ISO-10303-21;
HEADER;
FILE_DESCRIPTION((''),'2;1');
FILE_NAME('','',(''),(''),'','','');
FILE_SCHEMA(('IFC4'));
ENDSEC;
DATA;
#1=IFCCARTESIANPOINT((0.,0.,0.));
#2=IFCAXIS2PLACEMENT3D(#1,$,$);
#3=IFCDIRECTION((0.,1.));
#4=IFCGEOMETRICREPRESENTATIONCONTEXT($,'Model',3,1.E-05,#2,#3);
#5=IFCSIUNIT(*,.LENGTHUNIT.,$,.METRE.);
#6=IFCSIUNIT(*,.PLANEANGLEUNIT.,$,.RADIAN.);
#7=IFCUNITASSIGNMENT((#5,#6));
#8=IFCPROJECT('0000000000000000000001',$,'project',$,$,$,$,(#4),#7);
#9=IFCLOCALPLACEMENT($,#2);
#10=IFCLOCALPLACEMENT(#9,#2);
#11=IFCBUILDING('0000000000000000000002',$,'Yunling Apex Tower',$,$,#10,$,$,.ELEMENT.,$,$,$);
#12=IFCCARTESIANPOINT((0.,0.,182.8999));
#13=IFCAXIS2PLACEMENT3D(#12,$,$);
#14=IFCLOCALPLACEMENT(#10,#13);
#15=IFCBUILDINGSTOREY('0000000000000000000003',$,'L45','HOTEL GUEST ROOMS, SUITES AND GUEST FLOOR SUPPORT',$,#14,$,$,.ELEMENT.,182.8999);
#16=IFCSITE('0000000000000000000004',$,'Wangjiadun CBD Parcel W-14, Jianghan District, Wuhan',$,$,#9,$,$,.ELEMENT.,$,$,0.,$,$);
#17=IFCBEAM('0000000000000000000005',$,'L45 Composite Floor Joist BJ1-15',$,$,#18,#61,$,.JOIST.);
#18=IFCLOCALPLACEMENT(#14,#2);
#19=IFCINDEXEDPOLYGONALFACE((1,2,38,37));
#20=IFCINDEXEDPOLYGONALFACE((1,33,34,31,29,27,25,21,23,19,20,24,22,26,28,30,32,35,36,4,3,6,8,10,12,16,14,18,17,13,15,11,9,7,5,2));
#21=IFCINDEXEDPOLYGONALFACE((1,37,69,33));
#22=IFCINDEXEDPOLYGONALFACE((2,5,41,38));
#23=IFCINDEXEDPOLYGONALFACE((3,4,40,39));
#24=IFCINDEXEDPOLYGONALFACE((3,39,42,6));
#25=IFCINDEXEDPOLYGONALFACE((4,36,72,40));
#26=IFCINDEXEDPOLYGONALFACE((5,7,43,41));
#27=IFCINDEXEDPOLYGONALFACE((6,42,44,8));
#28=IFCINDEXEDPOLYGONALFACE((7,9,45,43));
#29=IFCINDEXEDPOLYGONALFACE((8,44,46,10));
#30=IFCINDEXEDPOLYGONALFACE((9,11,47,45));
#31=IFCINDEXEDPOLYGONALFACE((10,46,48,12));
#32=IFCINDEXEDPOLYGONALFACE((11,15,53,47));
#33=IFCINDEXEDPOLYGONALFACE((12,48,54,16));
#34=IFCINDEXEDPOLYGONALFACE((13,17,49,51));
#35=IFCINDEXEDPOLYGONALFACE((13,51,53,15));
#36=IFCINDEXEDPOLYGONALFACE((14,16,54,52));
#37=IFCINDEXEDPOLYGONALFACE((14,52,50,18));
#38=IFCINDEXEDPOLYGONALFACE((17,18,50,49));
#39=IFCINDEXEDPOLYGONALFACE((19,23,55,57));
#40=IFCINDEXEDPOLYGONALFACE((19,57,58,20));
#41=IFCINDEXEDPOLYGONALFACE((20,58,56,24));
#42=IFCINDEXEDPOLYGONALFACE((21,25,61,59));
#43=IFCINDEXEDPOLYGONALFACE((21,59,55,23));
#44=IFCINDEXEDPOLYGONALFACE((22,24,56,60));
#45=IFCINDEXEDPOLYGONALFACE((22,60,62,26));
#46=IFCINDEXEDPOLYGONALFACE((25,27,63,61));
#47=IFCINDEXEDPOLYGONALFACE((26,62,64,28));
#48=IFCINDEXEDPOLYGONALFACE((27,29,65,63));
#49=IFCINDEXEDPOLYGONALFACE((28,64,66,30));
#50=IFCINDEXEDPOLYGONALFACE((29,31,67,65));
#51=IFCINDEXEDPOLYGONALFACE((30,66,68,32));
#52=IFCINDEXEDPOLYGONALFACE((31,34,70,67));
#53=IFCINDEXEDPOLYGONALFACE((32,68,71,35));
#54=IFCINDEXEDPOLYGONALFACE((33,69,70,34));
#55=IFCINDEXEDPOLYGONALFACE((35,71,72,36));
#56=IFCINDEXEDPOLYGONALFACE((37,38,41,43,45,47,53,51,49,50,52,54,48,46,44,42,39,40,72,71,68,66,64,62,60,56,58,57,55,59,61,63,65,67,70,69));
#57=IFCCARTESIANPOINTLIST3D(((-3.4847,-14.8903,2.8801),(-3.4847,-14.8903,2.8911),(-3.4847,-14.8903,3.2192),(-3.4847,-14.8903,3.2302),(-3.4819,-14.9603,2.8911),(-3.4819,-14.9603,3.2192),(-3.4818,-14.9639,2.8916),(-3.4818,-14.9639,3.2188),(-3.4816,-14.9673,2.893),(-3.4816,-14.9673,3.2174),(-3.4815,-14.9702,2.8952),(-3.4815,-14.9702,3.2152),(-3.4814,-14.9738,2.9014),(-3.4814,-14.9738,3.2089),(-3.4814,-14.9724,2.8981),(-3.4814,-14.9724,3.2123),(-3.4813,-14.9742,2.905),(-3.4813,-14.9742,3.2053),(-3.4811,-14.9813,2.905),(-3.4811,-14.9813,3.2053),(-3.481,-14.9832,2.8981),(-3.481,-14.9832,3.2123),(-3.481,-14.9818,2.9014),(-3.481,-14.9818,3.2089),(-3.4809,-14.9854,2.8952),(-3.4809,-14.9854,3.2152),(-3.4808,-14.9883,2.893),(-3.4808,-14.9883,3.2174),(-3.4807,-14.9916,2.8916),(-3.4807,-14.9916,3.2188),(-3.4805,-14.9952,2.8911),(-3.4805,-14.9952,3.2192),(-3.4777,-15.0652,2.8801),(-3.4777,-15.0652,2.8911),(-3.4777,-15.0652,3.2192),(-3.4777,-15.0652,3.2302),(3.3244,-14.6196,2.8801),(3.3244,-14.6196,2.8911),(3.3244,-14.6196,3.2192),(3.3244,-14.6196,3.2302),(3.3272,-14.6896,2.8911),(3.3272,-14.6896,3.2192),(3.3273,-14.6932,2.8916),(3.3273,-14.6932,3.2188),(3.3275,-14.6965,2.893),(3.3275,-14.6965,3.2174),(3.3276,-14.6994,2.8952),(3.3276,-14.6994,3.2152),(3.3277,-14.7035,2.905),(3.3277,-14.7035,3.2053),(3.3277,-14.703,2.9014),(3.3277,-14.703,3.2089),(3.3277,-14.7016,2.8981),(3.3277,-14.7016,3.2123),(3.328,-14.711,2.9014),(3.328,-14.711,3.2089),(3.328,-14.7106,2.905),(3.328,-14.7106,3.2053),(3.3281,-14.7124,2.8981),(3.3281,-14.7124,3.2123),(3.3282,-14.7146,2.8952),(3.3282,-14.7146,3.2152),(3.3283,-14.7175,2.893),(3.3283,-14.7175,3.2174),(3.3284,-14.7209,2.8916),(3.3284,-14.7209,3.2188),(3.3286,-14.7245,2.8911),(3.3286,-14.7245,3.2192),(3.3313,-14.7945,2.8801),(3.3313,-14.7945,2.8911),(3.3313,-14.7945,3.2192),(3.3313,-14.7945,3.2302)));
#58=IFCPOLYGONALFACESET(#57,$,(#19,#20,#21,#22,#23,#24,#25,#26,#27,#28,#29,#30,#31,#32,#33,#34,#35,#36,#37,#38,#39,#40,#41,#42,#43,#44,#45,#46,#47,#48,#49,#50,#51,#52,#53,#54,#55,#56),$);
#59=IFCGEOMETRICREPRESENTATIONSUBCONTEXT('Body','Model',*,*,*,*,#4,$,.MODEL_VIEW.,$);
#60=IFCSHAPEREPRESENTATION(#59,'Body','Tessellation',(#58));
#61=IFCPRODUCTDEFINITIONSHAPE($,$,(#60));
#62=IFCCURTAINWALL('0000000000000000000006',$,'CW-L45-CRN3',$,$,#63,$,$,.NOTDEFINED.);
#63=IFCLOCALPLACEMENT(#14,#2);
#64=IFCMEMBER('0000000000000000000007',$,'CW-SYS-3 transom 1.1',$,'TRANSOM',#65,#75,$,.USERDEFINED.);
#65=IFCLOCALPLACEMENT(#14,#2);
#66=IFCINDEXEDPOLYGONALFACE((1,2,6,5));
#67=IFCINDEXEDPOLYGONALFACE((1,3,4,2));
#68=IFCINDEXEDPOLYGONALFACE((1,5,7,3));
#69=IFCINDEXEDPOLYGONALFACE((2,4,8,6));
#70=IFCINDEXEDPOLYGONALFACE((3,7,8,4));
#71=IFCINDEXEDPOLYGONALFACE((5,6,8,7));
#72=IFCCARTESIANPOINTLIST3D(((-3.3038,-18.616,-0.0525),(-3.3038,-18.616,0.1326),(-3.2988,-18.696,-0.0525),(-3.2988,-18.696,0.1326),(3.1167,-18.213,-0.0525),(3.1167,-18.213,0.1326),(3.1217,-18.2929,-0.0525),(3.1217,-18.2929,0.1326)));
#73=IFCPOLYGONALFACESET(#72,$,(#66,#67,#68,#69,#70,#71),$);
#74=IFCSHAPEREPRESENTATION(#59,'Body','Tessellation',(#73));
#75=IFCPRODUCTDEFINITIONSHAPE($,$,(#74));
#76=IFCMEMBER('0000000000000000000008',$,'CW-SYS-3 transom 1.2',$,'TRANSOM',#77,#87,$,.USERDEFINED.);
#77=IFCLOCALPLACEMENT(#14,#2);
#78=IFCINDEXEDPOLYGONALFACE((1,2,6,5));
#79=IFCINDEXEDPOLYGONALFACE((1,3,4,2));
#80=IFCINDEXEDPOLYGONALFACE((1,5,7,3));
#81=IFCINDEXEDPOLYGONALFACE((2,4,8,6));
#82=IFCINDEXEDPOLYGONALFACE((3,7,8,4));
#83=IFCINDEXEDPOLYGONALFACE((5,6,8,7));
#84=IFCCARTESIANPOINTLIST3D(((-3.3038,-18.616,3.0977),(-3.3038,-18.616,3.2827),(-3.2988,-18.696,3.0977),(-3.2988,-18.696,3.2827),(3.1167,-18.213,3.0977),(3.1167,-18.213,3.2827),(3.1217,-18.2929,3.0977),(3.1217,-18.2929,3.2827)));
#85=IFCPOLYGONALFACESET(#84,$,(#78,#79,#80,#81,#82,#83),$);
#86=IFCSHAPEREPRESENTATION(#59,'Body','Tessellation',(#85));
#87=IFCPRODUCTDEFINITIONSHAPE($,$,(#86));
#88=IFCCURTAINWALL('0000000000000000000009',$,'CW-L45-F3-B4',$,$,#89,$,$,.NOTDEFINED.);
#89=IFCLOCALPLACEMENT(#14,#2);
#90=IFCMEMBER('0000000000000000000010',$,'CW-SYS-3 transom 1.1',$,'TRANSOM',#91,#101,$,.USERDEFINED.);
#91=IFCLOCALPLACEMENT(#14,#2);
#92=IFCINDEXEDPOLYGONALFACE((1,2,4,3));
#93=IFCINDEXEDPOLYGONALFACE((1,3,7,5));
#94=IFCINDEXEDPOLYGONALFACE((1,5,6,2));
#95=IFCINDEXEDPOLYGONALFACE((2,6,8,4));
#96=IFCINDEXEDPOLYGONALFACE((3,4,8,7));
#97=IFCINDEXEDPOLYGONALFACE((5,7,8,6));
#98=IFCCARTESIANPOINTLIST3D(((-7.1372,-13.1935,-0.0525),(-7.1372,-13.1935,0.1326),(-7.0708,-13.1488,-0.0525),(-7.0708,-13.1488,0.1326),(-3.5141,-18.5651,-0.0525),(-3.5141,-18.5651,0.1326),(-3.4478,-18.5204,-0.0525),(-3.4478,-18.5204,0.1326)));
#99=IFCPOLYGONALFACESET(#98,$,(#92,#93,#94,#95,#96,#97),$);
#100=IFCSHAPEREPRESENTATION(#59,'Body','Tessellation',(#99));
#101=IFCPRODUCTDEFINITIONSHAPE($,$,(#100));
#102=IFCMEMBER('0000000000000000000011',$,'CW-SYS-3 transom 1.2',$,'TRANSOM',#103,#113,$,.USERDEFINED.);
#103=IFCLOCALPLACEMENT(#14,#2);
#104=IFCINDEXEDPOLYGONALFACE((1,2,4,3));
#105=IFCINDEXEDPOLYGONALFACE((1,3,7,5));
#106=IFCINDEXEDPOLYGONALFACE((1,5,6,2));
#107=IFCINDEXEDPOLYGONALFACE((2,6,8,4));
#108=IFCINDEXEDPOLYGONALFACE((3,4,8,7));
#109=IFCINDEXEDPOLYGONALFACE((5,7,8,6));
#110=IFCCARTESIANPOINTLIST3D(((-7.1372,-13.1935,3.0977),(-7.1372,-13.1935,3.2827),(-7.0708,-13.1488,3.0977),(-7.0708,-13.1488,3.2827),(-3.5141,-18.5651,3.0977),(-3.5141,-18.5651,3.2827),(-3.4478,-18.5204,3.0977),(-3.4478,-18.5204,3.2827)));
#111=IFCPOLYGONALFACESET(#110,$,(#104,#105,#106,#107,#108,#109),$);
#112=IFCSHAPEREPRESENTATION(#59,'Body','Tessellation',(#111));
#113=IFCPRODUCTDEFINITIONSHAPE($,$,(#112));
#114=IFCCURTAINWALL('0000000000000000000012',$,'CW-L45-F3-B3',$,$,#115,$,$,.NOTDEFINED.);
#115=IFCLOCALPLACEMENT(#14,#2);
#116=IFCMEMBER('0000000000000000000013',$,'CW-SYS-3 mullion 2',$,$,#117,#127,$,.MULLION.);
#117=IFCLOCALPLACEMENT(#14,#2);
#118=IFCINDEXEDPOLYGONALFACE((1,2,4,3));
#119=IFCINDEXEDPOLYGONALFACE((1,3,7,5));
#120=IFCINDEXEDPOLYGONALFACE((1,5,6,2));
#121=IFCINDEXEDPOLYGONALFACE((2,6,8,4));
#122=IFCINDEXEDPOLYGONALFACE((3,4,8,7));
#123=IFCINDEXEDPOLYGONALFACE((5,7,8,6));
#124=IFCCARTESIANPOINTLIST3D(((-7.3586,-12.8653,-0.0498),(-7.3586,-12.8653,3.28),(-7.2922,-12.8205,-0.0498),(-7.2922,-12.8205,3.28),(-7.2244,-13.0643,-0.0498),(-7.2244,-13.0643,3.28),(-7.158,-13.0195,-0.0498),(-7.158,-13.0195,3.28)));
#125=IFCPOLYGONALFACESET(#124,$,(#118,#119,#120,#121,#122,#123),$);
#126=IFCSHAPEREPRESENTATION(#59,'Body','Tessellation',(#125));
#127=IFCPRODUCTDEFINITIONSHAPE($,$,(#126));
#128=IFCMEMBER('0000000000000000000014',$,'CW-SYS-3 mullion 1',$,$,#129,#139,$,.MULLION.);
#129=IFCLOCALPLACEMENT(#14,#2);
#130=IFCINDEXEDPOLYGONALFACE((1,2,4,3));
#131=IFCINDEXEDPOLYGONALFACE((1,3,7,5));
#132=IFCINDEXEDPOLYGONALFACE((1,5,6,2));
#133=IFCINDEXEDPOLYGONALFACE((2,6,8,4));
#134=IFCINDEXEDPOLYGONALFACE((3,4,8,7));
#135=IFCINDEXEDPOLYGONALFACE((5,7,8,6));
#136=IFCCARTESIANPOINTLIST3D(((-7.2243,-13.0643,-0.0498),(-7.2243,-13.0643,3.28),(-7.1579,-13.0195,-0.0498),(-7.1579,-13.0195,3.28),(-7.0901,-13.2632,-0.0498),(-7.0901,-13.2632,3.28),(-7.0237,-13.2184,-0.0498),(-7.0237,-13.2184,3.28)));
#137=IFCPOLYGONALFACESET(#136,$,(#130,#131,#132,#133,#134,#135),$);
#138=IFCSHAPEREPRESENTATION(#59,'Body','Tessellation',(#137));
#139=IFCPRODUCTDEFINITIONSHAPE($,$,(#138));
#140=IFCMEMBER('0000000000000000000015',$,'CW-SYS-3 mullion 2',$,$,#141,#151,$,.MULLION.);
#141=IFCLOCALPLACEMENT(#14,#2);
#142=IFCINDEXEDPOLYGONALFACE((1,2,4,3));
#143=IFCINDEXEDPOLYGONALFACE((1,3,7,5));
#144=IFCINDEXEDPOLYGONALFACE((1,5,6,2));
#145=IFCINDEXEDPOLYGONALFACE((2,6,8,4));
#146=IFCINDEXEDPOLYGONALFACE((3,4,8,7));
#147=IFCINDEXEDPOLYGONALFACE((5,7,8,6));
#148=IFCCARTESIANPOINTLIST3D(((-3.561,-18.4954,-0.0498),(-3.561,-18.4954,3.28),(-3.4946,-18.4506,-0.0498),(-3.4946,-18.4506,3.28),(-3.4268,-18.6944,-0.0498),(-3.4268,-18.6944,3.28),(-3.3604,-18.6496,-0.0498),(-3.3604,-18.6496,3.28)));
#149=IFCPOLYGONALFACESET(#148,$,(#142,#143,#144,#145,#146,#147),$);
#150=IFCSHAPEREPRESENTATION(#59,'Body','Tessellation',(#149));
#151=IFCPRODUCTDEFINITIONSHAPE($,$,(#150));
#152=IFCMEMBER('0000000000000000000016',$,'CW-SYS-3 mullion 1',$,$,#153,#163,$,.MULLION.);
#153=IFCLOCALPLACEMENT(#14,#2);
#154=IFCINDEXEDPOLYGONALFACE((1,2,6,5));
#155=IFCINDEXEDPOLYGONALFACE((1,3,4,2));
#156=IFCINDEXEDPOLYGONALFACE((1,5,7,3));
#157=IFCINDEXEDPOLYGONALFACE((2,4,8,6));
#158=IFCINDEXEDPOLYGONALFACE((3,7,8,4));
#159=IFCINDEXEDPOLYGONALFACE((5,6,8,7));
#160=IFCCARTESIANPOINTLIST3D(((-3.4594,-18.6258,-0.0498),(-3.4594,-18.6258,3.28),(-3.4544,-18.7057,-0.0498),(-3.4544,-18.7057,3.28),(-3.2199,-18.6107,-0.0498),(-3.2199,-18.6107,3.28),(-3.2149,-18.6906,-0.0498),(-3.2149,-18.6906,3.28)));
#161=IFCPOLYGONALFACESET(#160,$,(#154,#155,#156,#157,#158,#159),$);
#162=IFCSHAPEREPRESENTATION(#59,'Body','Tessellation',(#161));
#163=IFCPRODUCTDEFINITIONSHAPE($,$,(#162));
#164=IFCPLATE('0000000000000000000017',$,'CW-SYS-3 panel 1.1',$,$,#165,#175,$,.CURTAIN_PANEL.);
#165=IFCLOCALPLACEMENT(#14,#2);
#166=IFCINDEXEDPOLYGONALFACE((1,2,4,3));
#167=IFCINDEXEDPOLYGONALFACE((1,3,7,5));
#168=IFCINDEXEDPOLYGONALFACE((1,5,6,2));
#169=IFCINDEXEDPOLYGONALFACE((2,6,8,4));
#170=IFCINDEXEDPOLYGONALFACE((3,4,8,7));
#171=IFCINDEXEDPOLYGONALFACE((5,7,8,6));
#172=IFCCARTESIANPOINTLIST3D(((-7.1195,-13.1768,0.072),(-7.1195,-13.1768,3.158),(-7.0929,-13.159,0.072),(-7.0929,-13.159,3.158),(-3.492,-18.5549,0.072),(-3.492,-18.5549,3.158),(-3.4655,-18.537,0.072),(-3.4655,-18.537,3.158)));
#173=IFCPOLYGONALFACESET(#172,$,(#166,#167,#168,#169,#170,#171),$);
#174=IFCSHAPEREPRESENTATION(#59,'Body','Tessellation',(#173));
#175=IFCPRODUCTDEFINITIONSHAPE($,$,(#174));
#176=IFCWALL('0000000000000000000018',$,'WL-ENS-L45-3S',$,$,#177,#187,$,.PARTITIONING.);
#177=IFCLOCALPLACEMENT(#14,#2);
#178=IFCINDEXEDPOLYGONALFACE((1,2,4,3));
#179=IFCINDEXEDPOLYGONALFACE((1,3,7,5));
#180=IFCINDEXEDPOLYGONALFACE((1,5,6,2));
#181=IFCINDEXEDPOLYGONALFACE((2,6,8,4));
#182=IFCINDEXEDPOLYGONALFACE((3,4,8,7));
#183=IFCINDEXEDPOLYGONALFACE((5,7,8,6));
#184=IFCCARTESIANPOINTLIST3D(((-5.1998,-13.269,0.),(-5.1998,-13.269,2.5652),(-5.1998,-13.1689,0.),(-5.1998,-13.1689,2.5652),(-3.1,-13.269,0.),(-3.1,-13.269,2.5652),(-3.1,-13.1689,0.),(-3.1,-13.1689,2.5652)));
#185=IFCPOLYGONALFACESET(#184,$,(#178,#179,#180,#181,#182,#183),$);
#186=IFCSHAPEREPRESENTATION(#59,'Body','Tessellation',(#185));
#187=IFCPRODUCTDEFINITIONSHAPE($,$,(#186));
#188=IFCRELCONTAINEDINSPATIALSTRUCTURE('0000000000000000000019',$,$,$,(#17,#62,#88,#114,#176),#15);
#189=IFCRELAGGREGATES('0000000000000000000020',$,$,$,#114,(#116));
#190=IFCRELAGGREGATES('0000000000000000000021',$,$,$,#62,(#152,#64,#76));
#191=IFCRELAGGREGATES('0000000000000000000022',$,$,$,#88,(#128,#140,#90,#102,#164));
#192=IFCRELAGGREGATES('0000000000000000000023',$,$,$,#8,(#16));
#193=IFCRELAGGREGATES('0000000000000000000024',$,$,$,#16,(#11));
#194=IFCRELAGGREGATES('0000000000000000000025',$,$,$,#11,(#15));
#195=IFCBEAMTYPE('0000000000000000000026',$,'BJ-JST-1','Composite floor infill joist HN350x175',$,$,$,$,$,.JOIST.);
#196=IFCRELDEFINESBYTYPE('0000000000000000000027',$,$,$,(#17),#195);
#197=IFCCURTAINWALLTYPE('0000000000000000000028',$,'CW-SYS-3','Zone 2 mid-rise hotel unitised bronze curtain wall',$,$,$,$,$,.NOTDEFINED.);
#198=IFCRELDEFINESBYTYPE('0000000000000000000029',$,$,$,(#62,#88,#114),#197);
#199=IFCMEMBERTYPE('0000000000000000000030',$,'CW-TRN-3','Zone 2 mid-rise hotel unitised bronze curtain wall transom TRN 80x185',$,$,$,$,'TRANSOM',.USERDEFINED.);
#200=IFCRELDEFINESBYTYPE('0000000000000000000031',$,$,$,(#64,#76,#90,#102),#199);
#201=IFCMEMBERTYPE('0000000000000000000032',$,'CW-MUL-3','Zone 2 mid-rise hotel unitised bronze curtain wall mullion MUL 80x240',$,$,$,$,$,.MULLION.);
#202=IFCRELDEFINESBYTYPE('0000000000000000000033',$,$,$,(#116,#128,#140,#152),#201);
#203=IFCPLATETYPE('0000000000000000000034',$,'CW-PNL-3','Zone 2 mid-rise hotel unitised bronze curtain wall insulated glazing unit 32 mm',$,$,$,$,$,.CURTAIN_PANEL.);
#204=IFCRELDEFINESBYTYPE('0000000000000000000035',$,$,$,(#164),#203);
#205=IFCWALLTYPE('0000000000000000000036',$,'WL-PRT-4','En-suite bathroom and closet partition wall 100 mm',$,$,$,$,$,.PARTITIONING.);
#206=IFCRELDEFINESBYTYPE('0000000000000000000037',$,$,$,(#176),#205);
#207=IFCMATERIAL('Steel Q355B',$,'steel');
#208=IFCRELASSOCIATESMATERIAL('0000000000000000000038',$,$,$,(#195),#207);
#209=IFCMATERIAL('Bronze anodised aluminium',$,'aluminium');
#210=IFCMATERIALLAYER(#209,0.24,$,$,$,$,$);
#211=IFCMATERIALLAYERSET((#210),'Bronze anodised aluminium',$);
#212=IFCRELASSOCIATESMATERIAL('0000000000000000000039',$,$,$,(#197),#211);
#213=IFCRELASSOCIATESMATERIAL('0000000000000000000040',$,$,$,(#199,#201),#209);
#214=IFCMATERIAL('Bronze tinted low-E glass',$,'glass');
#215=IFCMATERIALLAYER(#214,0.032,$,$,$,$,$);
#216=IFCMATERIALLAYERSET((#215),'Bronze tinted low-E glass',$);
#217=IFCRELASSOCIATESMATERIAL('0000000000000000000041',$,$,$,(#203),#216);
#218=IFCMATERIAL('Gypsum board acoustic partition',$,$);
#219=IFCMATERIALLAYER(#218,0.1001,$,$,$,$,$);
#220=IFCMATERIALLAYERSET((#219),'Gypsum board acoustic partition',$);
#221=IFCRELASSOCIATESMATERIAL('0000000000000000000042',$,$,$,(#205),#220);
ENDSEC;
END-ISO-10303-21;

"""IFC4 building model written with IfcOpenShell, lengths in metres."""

from ifc_helpers import new_model, si_unit, direction, frame, frame_2d, origin, origin_2d, place, context, subcontext, project, spatial, rectangle, i_section, extrude, source, transform, mapped, material, layer, layer_set, material_profile, profile_set, type_object, element, aggregate, save


model = new_model("IFC4")

# Units and contexts
model_context = context("Model", 3, precision=1e-05, world=origin(), true_north=direction((0.0, 1.0)))
body_context = subcontext(model_context, "Body", "Model", "MODEL_VIEW")
ifc_project = project(units=[si_unit("LENGTHUNIT", "METRE"), si_unit("PLANEANGLEUNIT", "RADIAN")], contexts=[model_context])

# Site, building, storey
site_placement = place(None, origin())
site = spatial("IfcSite", under=ifc_project, at=site_placement, Name="Wangjiadun CBD Parcel W-14, Jianghan District, Wuhan", CompositionType="ELEMENT", RefElevation=0.0)
building_placement = place(site_placement, origin())
building = spatial("IfcBuilding", under=site, at=building_placement, Name="Yunling Apex Tower", CompositionType="ELEMENT")
storey_placement = place(building_placement, frame((0.0, 0.0, 182.8999)))
storey = spatial("IfcBuildingStorey", under=building, at=storey_placement, Name="L45", Description="HOTEL GUEST ROOMS, SUITES AND GUEST FLOOR SUPPORT", CompositionType="ELEMENT", Elevation=182.8999)

# Beam
ifc_material_1 = material(Name="Steel Q355B", Category="steel")
ifc_material_profile_1 = material_profile(ifc_material_1, i_section(OverallWidth=0.175, OverallDepth=0.3501, WebThickness=0.0071, FlangeThickness=0.011, FilletRadius=0.0139, at=origin_2d()))
ifc_profile_set_1 = profile_set([ifc_material_profile_1], Name="Steel Q355B")
beam_type_1 = type_object("IfcBeamType", Name="BJ-JST-1", Description="Composite floor infill joist HN350x175", PredefinedType="JOIST", material=ifc_profile_set_1)
shared_shape_1 = source(origin(), body_context, "Body", "SweptSolid", [
    extrude(i_section(OverallWidth=0.175, OverallDepth=0.3501, WebThickness=0.0071, FlangeThickness=0.011, FilletRadius=0.0139, at=origin_2d()), origin(), (0.0, 0.0, 1.0), 6.8145),
])
beam_1_placement = place(storey_placement, frame((-3.4812, -14.9778, 3.0552), z_axis=(0.99921, 0.039732, 0.0), x_axis=(-0.039732, 0.99921, 0.0)))
element("IfcBeam", 1, at=beam_1_placement, inside=storey, type_object=beam_type_1, Name="L45 Composite Floor Joist BJ1-15", PredefinedType="JOIST", context=body_context, shape_type="MappedRepresentation", body=[
    mapped(shared_shape_1, transform((0.0, 0.0, 0.0), scale=1.0)),
])

# Curtain walls, members
ifc_material_2 = material(Name="Bronze anodised aluminium", Category="aluminium")
ifc_layer_1 = layer(ifc_material_2, 0.24)
ifc_layer_set_1 = layer_set([ifc_layer_1], Name="Bronze anodised aluminium")
curtain_wall_type = type_object("IfcCurtainWallType", Name="CW-SYS-3", Description="Zone 2 mid-rise hotel unitised bronze curtain wall", PredefinedType="NOTDEFINED", material=ifc_layer_set_1)
curtain_wall_1_placement = place(storey_placement, origin())
curtain_wall_1 = element("IfcCurtainWall", 2, at=curtain_wall_1_placement, inside=storey, type_object=curtain_wall_type, Name="CW-L45-CRN3", PredefinedType="NOTDEFINED")
ifc_material_profile_2 = material_profile(ifc_material_2, rectangle(XDim=0.0801, YDim=0.1851, at=origin_2d()))
ifc_profile_set_2 = profile_set([ifc_material_profile_2], Name="Bronze anodised aluminium")
member_type_1 = type_object("IfcMemberType", Name="CW-TRN-3", Description="Zone 2 mid-rise hotel unitised bronze curtain wall transom TRN 80x185", ElementType="TRANSOM", PredefinedType="USERDEFINED", material=ifc_profile_set_2)
shared_shape_2 = source(origin(), body_context, "Body", "SweptSolid", [
    extrude(rectangle(XDim=0.0801, YDim=0.1851, at=origin_2d()), origin(), (0.0, 0.0, 1.0), 6.4331),
])
member_1_placement = place(storey_placement, frame((-3.3013, -18.656, 0.04), z_axis=(0.998035, 0.062657, 0.0), x_axis=(-0.062657, 0.998035, 0.0)))
member_1 = element("IfcMember", 3, at=member_1_placement, type_object=member_type_1, Name="CW-SYS-3 transom 1.1", ObjectType="TRANSOM", PredefinedType="USERDEFINED", context=body_context, shape_type="MappedRepresentation", body=[
    mapped(shared_shape_2, transform((0.0, 0.0, 0.0), scale=1.0)),
])
member_2_placement = place(storey_placement, frame((-3.3013, -18.656, 3.1902), z_axis=(0.998035, 0.062657, 0.0), x_axis=(-0.062657, 0.998035, 0.0)))
member_2 = element("IfcMember", 4, at=member_2_placement, type_object=member_type_1, Name="CW-SYS-3 transom 1.2", ObjectType="TRANSOM", PredefinedType="USERDEFINED", context=body_context, shape_type="MappedRepresentation", body=[
    mapped(shared_shape_2, transform((0.0, 0.0, 0.0), scale=1.0)),
])
curtain_wall_2_placement = place(storey_placement, origin())
curtain_wall_2 = element("IfcCurtainWall", 5, at=curtain_wall_2_placement, inside=storey, type_object=curtain_wall_type, Name="CW-L45-F3-B4", PredefinedType="NOTDEFINED")
shared_shape_3 = source(origin(), body_context, "Body", "SweptSolid", [
    extrude(rectangle(XDim=0.0801, YDim=0.1851, at=origin_2d()), origin(), (0.0, 0.0, 1.0), 6.4792),
])
member_3_placement = place(storey_placement, frame((-7.104, -13.1711, 0.04), z_axis=(0.559179, -0.829047, 0.0), x_axis=(0.829047, 0.559179, 0.0)))
member_3 = element("IfcMember", 6, at=member_3_placement, type_object=member_type_1, Name="CW-SYS-3 transom 1.1", ObjectType="TRANSOM", PredefinedType="USERDEFINED", context=body_context, shape_type="MappedRepresentation", body=[
    mapped(shared_shape_3, transform((0.0, 0.0, 0.0), scale=1.0)),
])
member_4_placement = place(storey_placement, frame((-7.104, -13.1711, 3.1902), z_axis=(0.559179, -0.829047, 0.0), x_axis=(0.829047, 0.559179, 0.0)))
member_4 = element("IfcMember", 7, at=member_4_placement, type_object=member_type_1, Name="CW-SYS-3 transom 1.2", ObjectType="TRANSOM", PredefinedType="USERDEFINED", context=body_context, shape_type="MappedRepresentation", body=[
    mapped(shared_shape_3, transform((0.0, 0.0, 0.0), scale=1.0)),
])

# Curtain wall, member
curtain_wall_3_placement = place(storey_placement, origin())
curtain_wall_3 = element("IfcCurtainWall", 8, at=curtain_wall_3_placement, inside=storey, type_object=curtain_wall_type, Name="CW-L45-F3-B3", PredefinedType="NOTDEFINED")
ifc_material_profile_3 = material_profile(ifc_material_2, rectangle(XDim=0.0801, YDim=0.24, at=origin_2d()))
ifc_profile_set_3 = profile_set([ifc_material_profile_3], Name="Bronze anodised aluminium")
member_type_2 = type_object("IfcMemberType", Name="CW-MUL-3", Description="Zone 2 mid-rise hotel unitised bronze curtain wall mullion MUL 80x240", PredefinedType="MULLION", material=ifc_profile_set_3)
shared_shape_4 = source(origin(), body_context, "Body", "SweptSolid", [
    extrude(rectangle(XDim=0.0801, YDim=0.24, at=origin_2d()), origin(), (0.0, 0.0, 1.0), 3.3298),
])
member_5_placement = place(storey_placement, frame((-7.2583, -12.9424, -0.0498), z_axis=(0.0, 0.0, 1.0), x_axis=(0.829041, 0.559188, 0.0)))
member_5 = element("IfcMember", 9, at=member_5_placement, type_object=member_type_2, Name="CW-SYS-3 mullion 2", PredefinedType="MULLION", context=body_context, shape_type="MappedRepresentation", body=[
    mapped(shared_shape_4, transform((0.0, 0.0, 0.0), scale=1.0)),
])
aggregate(curtain_wall_3, [member_5])

# Members
member_6_placement = place(storey_placement, frame((-7.124, -13.1414, -0.0498), z_axis=(0.0, 0.0, 1.0), x_axis=(0.829045, 0.559181, 0.0)))
member_6 = element("IfcMember", 10, at=member_6_placement, type_object=member_type_2, Name="CW-SYS-3 mullion 1", PredefinedType="MULLION", context=body_context, shape_type="MappedRepresentation", body=[
    mapped(shared_shape_4, transform((0.0, 0.0, 0.0), scale=1.0)),
])
member_7_placement = place(storey_placement, frame((-3.4607, -18.5725, -0.0498), z_axis=(0.0, 0.0, 1.0), x_axis=(0.829045, 0.559181, 0.0)))
member_7 = element("IfcMember", 11, at=member_7_placement, type_object=member_type_2, Name="CW-SYS-3 mullion 2", PredefinedType="MULLION", context=body_context, shape_type="MappedRepresentation", body=[
    mapped(shared_shape_4, transform((0.0, 0.0, 0.0), scale=1.0)),
])
member_8_placement = place(storey_placement, frame((-3.3372, -18.6582, -0.0498), z_axis=(0.0, 0.0, 1.0), x_axis=(-0.062672, 0.998034, 0.0)))
member_8 = element("IfcMember", 12, at=member_8_placement, type_object=member_type_2, Name="CW-SYS-3 mullion 1", PredefinedType="MULLION", context=body_context, shape_type="MappedRepresentation", body=[
    mapped(shared_shape_4, transform((0.0, 0.0, 0.0), scale=1.0)),
])
aggregate(curtain_wall_1, [member_8, member_1, member_2])

# Plate
ifc_material_3 = material(Name="Bronze tinted low-E glass", Category="glass")
ifc_layer_2 = layer(ifc_material_3, 0.032)
ifc_layer_set_2 = layer_set([ifc_layer_2], Name="Bronze tinted low-E glass")
plate_type = type_object("IfcPlateType", Name="CW-PNL-3", Description="Zone 2 mid-rise hotel unitised bronze curtain wall insulated glazing unit 32 mm", PredefinedType="CURTAIN_PANEL", material=ifc_layer_set_2)
shared_shape_5 = source(origin(), body_context, "Body", "SweptSolid", [
    extrude(rectangle(XDim=6.4871, YDim=0.032, at=origin_2d()), origin(), (0.0, 0.0, 1.0), 3.0859),
])
plate_placement = place(storey_placement, frame((-5.2925, -15.8569, 0.072), z_axis=(0.0, 0.0, 1.0), x_axis=(0.559181, -0.829045, 0.0)))
plate = element("IfcPlate", 13, at=plate_placement, type_object=plate_type, Name="CW-SYS-3 panel 1.1", PredefinedType="CURTAIN_PANEL", context=body_context, shape_type="MappedRepresentation", body=[
    mapped(shared_shape_5, transform((0.0, 0.0, 0.0), scale=1.0)),
])
aggregate(curtain_wall_2, [member_6, member_7, member_3, member_4, plate])

# Wall
ifc_material_4 = material(Name="Gypsum board acoustic partition")
ifc_layer_3 = layer(ifc_material_4, 0.1001)
ifc_layer_set_3 = layer_set([ifc_layer_3], Name="Gypsum board acoustic partition")
wall_type = type_object("IfcWallType", Name="WL-PRT-4", Description="En-suite bathroom and closet partition wall 100 mm", PredefinedType="PARTITIONING", material=ifc_layer_set_3)
wall_1_placement = place(storey_placement, frame((-3.1001, -13.219, 0.0), z_axis=(0.0, 0.0, 1.0), x_axis=(-1.0, 0.0, 0.0)))
element("IfcWall", 14, at=wall_1_placement, inside=storey, type_object=wall_type, Name="WL-ENS-L45-3S", PredefinedType="PARTITIONING", context=body_context, shape_type="SweptSolid", body=[
    extrude(rectangle(XDim=2.0999, YDim=0.1001, at=frame_2d((1.0498, 0.0))), origin(), (0.0, 0.0, 1.0), 2.5652),
])

save(model, "model.ifc")
